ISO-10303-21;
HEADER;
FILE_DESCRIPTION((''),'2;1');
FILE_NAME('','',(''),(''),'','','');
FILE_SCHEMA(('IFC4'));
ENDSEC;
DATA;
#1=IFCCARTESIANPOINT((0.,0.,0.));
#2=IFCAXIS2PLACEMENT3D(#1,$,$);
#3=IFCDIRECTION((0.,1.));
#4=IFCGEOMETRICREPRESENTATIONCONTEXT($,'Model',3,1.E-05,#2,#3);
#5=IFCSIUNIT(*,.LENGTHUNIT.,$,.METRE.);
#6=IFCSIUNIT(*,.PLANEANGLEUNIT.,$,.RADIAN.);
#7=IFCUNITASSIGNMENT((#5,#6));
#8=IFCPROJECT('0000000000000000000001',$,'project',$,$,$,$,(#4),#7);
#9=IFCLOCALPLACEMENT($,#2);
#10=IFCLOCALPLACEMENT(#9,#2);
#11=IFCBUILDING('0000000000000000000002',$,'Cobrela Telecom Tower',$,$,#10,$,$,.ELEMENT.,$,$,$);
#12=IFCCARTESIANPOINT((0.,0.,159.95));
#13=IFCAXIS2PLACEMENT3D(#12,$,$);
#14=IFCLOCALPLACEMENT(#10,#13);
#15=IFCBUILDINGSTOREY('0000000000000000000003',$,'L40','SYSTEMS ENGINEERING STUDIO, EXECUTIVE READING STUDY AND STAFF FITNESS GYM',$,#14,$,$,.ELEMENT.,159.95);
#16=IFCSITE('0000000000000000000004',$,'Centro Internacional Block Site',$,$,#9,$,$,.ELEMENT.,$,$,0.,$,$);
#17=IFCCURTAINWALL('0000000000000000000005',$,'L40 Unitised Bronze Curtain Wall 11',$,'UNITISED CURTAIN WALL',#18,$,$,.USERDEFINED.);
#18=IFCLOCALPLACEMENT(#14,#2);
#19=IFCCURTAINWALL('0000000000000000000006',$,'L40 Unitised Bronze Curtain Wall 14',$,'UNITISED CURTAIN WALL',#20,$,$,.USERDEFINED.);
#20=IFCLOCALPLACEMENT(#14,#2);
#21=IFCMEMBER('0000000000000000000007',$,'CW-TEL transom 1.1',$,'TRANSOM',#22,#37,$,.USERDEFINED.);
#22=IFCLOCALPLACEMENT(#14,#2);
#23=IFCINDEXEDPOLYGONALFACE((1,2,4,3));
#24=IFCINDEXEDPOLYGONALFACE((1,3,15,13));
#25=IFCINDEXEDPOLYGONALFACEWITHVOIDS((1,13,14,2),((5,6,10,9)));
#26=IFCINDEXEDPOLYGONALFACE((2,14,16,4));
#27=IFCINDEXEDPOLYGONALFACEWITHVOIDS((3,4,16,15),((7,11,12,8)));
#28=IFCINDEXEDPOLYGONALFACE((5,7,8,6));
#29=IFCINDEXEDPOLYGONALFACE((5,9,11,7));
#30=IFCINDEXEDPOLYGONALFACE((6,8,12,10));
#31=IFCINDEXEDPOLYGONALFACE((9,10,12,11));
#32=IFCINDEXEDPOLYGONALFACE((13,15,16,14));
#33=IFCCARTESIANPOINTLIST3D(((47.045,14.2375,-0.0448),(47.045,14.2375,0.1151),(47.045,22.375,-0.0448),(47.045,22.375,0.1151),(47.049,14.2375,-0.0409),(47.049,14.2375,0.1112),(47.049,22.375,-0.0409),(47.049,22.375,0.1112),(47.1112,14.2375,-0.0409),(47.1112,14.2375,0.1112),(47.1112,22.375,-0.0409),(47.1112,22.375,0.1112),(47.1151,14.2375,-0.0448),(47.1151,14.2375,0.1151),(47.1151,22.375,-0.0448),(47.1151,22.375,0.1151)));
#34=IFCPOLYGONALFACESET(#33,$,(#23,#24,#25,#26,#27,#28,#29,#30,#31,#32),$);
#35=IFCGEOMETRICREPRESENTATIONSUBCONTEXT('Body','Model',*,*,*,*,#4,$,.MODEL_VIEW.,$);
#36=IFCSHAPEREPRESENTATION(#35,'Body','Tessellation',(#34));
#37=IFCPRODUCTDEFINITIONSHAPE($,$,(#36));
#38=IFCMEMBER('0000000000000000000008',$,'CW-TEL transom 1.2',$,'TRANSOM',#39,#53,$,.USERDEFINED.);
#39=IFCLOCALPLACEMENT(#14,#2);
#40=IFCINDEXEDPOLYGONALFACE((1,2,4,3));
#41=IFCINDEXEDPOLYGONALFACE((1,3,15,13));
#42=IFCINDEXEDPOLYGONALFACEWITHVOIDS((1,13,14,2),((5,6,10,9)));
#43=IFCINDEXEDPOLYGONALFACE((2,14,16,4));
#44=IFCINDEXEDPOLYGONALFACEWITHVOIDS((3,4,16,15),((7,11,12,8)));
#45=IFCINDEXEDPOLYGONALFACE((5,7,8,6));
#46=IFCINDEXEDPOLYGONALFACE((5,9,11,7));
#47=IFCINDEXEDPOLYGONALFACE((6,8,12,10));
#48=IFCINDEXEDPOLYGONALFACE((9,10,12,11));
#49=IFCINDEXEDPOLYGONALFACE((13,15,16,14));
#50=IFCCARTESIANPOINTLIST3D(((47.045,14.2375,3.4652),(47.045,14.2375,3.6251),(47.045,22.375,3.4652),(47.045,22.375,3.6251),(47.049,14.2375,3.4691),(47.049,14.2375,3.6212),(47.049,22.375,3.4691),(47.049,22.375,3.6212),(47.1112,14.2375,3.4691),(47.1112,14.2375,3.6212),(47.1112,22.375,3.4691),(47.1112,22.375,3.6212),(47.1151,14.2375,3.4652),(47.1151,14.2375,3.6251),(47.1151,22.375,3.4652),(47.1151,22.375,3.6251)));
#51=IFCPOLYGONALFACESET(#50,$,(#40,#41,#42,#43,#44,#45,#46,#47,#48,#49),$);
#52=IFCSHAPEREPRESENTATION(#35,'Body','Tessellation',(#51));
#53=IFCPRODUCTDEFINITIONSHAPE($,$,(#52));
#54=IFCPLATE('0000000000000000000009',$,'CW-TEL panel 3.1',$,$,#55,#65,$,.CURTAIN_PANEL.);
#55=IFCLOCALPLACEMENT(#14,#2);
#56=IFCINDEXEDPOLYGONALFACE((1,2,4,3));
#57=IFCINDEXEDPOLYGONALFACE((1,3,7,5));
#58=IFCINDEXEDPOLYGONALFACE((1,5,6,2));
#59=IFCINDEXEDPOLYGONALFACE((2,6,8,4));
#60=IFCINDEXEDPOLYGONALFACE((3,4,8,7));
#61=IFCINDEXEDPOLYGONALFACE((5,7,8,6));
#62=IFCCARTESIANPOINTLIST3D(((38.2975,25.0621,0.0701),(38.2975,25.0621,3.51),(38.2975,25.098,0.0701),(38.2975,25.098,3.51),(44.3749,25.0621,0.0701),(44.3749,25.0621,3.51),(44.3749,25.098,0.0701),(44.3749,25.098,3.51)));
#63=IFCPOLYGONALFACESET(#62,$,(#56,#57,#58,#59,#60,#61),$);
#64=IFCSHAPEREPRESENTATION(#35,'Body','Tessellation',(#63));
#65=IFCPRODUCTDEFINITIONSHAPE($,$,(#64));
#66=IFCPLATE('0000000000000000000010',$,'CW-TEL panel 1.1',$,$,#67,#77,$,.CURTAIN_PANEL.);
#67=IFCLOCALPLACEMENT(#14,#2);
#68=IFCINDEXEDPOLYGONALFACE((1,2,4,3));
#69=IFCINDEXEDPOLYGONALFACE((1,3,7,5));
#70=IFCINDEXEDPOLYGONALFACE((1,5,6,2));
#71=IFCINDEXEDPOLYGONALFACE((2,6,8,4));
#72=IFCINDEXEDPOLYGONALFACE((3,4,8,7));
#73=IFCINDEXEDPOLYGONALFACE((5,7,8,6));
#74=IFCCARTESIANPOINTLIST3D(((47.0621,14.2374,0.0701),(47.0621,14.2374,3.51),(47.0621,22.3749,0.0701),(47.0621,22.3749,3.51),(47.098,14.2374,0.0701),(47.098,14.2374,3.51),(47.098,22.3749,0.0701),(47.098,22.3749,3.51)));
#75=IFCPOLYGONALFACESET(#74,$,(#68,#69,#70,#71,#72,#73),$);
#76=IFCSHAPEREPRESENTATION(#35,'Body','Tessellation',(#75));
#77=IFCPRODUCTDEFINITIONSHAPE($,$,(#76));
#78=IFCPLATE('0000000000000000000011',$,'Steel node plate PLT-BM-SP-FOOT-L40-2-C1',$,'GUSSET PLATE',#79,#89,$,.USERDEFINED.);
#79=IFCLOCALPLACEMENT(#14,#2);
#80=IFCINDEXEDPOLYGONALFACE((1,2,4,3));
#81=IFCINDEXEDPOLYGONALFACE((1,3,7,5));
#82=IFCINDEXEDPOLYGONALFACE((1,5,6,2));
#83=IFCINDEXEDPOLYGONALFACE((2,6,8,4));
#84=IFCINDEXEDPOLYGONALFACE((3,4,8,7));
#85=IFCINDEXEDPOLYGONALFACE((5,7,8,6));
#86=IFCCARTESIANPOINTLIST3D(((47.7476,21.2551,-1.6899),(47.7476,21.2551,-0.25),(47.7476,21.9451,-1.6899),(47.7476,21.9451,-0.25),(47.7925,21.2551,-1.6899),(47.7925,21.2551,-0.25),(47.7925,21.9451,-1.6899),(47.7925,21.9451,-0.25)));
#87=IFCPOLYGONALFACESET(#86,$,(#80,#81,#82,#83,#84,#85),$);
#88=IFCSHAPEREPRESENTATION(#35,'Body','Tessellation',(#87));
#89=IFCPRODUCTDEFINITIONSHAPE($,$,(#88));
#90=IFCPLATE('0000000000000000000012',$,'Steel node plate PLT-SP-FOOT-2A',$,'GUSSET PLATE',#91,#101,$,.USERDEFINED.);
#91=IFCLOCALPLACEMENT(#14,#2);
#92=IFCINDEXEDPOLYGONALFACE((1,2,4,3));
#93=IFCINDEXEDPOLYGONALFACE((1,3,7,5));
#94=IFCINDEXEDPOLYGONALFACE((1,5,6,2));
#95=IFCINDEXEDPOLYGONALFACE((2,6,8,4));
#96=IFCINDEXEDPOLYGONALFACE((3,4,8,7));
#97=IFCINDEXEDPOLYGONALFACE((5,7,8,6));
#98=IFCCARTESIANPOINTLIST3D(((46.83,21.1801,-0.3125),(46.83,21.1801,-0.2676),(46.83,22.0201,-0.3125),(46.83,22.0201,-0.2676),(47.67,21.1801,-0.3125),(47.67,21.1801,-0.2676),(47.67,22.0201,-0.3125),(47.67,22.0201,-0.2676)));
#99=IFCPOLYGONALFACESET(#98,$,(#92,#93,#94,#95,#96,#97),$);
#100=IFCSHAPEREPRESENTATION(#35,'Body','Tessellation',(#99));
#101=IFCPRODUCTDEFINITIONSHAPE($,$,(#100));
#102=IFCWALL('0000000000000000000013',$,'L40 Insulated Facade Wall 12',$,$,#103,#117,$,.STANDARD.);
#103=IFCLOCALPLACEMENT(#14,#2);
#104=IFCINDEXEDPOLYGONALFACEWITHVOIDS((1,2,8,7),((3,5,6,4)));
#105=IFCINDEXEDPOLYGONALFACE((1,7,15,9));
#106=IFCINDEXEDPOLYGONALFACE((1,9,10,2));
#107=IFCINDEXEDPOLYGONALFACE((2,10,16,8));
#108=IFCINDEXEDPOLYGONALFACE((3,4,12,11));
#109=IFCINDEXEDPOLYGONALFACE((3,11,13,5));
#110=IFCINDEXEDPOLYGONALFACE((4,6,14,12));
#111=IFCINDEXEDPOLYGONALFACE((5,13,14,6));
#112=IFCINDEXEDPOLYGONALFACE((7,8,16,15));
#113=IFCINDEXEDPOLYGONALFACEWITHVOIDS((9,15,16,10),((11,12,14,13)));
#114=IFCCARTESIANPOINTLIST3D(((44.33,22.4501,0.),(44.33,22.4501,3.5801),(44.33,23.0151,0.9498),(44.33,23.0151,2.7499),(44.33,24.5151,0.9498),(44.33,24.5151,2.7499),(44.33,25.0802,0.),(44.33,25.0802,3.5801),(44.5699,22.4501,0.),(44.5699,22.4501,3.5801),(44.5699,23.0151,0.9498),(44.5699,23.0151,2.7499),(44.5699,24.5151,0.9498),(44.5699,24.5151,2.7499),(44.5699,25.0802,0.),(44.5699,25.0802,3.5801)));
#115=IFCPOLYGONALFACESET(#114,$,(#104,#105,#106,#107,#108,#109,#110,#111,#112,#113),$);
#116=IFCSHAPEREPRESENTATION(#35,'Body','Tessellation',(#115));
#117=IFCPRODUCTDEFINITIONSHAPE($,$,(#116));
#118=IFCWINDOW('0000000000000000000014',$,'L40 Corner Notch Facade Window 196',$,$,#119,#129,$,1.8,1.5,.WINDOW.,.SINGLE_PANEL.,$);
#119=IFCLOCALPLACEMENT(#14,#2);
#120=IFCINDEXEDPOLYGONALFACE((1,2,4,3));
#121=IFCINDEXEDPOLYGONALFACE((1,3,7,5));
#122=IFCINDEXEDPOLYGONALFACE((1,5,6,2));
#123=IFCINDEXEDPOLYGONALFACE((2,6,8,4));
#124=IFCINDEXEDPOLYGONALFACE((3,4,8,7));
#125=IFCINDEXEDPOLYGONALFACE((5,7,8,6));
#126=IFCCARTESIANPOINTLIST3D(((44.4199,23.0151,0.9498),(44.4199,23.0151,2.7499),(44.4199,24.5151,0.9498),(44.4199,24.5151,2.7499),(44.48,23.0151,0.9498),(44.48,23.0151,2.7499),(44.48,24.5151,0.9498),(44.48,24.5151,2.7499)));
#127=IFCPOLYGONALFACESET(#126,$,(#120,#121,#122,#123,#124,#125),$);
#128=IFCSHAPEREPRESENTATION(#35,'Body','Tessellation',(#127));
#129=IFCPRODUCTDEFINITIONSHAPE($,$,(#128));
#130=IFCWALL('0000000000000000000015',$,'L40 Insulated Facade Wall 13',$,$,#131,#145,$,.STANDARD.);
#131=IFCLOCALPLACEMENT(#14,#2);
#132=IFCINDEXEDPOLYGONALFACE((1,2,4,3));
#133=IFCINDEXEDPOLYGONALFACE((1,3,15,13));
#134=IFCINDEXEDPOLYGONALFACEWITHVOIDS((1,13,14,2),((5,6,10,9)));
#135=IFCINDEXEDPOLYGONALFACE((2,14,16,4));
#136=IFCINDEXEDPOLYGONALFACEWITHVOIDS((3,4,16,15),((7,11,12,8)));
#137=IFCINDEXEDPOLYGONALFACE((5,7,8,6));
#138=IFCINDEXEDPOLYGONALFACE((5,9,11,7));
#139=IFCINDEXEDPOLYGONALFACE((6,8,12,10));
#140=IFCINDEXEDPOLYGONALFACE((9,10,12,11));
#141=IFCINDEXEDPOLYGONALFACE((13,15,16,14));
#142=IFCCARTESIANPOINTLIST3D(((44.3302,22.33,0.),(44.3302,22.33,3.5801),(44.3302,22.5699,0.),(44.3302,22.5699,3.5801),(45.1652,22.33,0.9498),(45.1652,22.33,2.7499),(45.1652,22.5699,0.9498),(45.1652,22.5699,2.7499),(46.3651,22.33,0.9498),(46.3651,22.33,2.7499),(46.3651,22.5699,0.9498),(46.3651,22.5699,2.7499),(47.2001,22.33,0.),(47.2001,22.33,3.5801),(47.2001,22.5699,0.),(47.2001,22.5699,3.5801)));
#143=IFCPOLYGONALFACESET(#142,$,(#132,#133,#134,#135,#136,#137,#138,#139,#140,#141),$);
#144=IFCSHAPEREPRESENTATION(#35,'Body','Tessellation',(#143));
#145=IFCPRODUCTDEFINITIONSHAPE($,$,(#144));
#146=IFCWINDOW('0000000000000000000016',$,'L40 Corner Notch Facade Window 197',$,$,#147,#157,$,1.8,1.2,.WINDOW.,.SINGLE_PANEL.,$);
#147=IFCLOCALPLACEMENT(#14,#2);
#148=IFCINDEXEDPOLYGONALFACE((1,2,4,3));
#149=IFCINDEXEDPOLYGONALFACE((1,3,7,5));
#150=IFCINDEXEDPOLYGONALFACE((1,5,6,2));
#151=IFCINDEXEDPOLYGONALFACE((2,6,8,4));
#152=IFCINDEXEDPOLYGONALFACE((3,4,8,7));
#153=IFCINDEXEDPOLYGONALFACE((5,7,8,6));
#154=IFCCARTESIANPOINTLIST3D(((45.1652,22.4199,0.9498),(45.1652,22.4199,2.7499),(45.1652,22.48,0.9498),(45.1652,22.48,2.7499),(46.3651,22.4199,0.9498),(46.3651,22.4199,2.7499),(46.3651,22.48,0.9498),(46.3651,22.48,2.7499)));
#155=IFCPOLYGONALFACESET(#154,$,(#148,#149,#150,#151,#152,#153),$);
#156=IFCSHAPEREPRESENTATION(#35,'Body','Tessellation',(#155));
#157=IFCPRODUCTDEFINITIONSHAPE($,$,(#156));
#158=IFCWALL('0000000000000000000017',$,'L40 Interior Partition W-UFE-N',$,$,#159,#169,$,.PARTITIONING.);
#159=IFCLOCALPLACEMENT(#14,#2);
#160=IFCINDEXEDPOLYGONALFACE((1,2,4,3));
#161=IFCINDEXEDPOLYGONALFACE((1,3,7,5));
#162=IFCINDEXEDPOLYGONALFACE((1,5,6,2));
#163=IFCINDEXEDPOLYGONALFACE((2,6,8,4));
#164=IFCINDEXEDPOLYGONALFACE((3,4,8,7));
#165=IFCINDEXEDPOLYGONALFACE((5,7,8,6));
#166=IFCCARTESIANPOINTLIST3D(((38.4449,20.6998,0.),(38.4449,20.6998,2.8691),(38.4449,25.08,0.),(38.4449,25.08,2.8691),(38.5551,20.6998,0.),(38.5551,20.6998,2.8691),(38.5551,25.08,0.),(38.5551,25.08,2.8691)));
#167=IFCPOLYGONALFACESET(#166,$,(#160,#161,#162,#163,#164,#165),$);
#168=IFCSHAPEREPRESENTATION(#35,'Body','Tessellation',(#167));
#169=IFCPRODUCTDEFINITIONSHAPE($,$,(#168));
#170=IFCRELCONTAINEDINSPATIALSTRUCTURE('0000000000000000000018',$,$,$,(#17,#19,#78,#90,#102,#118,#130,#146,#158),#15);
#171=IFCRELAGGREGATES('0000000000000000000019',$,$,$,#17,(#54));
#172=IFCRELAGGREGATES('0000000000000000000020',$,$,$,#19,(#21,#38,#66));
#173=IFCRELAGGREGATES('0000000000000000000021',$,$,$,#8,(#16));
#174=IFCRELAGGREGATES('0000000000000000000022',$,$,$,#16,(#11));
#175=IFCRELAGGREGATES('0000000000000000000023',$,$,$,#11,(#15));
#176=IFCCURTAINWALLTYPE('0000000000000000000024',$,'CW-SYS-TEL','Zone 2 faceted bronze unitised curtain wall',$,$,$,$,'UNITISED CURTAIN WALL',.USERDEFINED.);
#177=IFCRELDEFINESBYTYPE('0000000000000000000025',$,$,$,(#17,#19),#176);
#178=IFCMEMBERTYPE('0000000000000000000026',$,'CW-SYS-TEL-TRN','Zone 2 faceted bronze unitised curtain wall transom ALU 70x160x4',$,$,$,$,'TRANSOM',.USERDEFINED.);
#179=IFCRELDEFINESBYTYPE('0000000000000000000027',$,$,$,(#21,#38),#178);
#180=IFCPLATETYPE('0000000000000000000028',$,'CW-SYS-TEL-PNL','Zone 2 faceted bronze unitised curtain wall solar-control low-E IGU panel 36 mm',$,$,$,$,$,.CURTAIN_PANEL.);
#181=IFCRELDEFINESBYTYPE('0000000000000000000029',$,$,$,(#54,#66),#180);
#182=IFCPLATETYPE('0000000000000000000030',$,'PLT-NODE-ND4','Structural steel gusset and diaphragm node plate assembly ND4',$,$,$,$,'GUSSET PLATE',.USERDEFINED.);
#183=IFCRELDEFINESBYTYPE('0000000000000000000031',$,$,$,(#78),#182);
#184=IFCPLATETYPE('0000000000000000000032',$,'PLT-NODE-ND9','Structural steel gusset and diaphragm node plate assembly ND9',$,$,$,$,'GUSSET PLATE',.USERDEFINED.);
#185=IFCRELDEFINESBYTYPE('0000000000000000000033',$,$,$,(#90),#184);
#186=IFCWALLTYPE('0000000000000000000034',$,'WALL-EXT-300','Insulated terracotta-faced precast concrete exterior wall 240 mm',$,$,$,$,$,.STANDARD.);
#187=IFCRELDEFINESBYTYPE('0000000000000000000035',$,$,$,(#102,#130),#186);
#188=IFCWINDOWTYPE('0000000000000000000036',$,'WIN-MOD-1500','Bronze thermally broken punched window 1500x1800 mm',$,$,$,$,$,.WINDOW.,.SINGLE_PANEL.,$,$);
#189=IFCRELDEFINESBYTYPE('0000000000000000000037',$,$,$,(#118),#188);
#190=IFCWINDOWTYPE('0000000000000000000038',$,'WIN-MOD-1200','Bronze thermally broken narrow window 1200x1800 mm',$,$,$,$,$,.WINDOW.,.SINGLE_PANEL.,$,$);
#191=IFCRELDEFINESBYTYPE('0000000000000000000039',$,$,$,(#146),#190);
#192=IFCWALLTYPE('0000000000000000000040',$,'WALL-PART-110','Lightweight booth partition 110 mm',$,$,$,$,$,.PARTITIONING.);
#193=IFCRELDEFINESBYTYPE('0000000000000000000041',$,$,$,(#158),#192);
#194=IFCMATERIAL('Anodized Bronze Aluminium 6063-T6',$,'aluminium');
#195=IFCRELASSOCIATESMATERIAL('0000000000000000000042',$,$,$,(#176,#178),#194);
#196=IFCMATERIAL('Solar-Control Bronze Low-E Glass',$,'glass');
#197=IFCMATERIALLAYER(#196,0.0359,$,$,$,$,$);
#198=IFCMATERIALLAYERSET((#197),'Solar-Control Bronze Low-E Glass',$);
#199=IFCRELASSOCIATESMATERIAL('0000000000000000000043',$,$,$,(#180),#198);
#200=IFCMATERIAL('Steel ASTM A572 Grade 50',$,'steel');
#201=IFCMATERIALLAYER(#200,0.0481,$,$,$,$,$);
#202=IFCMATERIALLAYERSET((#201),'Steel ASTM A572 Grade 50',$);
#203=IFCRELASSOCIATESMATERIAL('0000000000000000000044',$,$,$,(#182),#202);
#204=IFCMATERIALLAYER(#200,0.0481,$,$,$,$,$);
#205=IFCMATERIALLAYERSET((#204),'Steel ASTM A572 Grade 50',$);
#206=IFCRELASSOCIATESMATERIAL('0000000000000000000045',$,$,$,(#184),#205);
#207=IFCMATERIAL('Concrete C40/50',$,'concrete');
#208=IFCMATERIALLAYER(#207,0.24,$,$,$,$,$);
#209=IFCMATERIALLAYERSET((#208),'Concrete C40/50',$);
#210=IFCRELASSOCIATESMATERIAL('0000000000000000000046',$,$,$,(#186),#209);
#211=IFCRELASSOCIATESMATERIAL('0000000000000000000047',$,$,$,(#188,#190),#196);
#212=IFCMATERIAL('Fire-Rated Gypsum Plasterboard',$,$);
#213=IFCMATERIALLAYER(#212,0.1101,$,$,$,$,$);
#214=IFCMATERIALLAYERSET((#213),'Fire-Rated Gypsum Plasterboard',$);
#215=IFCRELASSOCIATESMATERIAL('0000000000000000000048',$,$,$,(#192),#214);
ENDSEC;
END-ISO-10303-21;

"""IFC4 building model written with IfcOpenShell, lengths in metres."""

from ifc_helpers import new_model, si_unit, direction, frame, frame_2d, origin, origin_2d, place, context, subcontext, project, spatial, rectangle, hollow_rectangle, extrude, material, layer, layer_set, material_profile, profile_set, type_object, element, fill, aggregate, save


model = new_model("IFC4")

# Units and contexts
model_context = context("Model", 3, precision=1e-05, world=origin(), true_north=direction((0.0, 1.0)))
body_context = subcontext(model_context, "Body", "Model", "MODEL_VIEW")
ifc_project = project(units=[si_unit("LENGTHUNIT", "METRE"), si_unit("PLANEANGLEUNIT", "RADIAN")], contexts=[model_context])

# Site, building, storey
site_placement = place(None, origin())
site = spatial("IfcSite", under=ifc_project, at=site_placement, Name="Centro Internacional Block Site", CompositionType="ELEMENT", RefElevation=0.0)
building_placement = place(site_placement, origin())
building = spatial("IfcBuilding", under=site, at=building_placement, Name="Cobrela Telecom Tower", CompositionType="ELEMENT")
storey_placement = place(building_placement, frame((0.0, 0.0, 159.95)))
storey = spatial("IfcBuildingStorey", under=building, at=storey_placement, Name="L40", Description="SYSTEMS ENGINEERING STUDIO, EXECUTIVE READING STUDY AND STAFF FITNESS GYM", CompositionType="ELEMENT", Elevation=159.95)

# Shared definitions
ifc_material_1 = material(Name="Steel ASTM A572 Grade 50", Category="steel")

# Curtain wall
ifc_material_2 = material(Name="Anodized Bronze Aluminium 6063-T6", Category="aluminium")
curtain_wall_type = type_object("IfcCurtainWallType", Name="CW-SYS-TEL", Description="Zone 2 faceted bronze unitised curtain wall", ElementType="UNITISED CURTAIN WALL", PredefinedType="USERDEFINED", material=ifc_material_2)
curtain_wall_1_placement = place(storey_placement, origin())
curtain_wall_1 = element("IfcCurtainWall", 1, at=curtain_wall_1_placement, inside=storey, type_object=curtain_wall_type, Name="L40 Unitised Bronze Curtain Wall 11", ObjectType="UNITISED CURTAIN WALL", PredefinedType="USERDEFINED")

# Curtain wall, members
curtain_wall_2_placement = place(storey_placement, origin())
curtain_wall_2 = element("IfcCurtainWall", 2, at=curtain_wall_2_placement, inside=storey, type_object=curtain_wall_type, Name="L40 Unitised Bronze Curtain Wall 14", ObjectType="UNITISED CURTAIN WALL", PredefinedType="USERDEFINED")
ifc_material_profile_1 = material_profile(ifc_material_2, hollow_rectangle(XDim=0.0701, YDim=0.1599, WallThickness=0.0039, at=origin_2d()), Name="ALU 70x160x4")
ifc_profile_set_1 = profile_set([ifc_material_profile_1], Name="Anodized Bronze Aluminium 6063-T6")
member_type_1 = type_object("IfcMemberType", Name="CW-SYS-TEL-TRN", Description="Zone 2 faceted bronze unitised curtain wall transom ALU 70x160x4", ElementType="TRANSOM", PredefinedType="USERDEFINED", material=ifc_profile_set_1)
member_1_placement = place(storey_placement, frame((47.0801, 22.375, 0.0352), z_axis=(0.0, -1.0, 0.0), x_axis=(1.0, 0.0, 0.0)))
member_1 = element("IfcMember", 3, at=member_1_placement, type_object=member_type_1, Name="CW-TEL transom 1.1", ObjectType="TRANSOM", PredefinedType="USERDEFINED", context=body_context, shape_type="SweptSolid", body=[
    extrude(hollow_rectangle(XDim=0.0701, YDim=0.1599, WallThickness=0.0039, at=origin_2d()), origin(), (0.0, 0.0, 1.0), 8.1375),
])
member_2_placement = place(storey_placement, frame((47.0801, 22.375, 3.5452), z_axis=(0.0, -1.0, 0.0), x_axis=(1.0, 0.0, 0.0)))
member_2 = element("IfcMember", 4, at=member_2_placement, type_object=member_type_1, Name="CW-TEL transom 1.2", ObjectType="TRANSOM", PredefinedType="USERDEFINED", context=body_context, shape_type="SweptSolid", body=[
    extrude(hollow_rectangle(XDim=0.0701, YDim=0.1599, WallThickness=0.0039, at=origin_2d()), origin(), (0.0, 0.0, 1.0), 8.1375),
])

# Plates
ifc_material_3 = material(Name="Solar-Control Bronze Low-E Glass", Category="glass")
ifc_layer_1 = layer(ifc_material_3, 0.0359)
ifc_layer_set_1 = layer_set([ifc_layer_1], Name="Solar-Control Bronze Low-E Glass")
plate_type_1 = type_object("IfcPlateType", Name="CW-SYS-TEL-PNL", Description="Zone 2 faceted bronze unitised curtain wall solar-control low-E IGU panel 36 mm", PredefinedType="CURTAIN_PANEL", material=ifc_layer_set_1)
plate_1_placement = place(storey_placement, frame((41.3362, 25.0801, 0.0701), z_axis=(0.0, 0.0, 1.0), x_axis=(1.0, 0.0, 0.0)))
plate_1 = element("IfcPlate", 5, at=plate_1_placement, type_object=plate_type_1, Name="CW-TEL panel 3.1", PredefinedType="CURTAIN_PANEL", context=body_context, shape_type="SweptSolid", body=[
    extrude(rectangle(XDim=6.0774, YDim=0.0359, at=origin_2d()), origin(), (0.0, 0.0, 1.0), 3.4399),
])
aggregate(curtain_wall_1, [plate_1])
plate_2_placement = place(storey_placement, frame((47.0801, 18.3062, 0.0701), z_axis=(0.0, 0.0, 1.0), x_axis=(0.0, -1.0, 0.0)))
plate_2 = element("IfcPlate", 6, at=plate_2_placement, type_object=plate_type_1, Name="CW-TEL panel 1.1", PredefinedType="CURTAIN_PANEL", context=body_context, shape_type="SweptSolid", body=[
    extrude(rectangle(XDim=8.1375, YDim=0.0359, at=origin_2d()), origin(), (0.0, 0.0, 1.0), 3.4399),
])
aggregate(curtain_wall_2, [member_1, member_2, plate_2])

# Plates
ifc_layer_2 = layer(ifc_material_1, 0.0481)
ifc_layer_set_2 = layer_set([ifc_layer_2], Name="Steel ASTM A572 Grade 50")
plate_type_2 = type_object("IfcPlateType", Name="PLT-NODE-ND4", Description="Structural steel gusset and diaphragm node plate assembly ND4", ElementType="GUSSET PLATE", PredefinedType="USERDEFINED", material=ifc_layer_set_2)
plate_3_placement = place(storey_placement, frame((47.77, 21.6001, -1.6899), z_axis=(0.0, 0.0, 1.0), x_axis=(1.0, 0.0, 0.0)))
element("IfcPlate", 7, at=plate_3_placement, inside=storey, type_object=plate_type_2, Name="Steel node plate PLT-BM-SP-FOOT-L40-2-C1", ObjectType="GUSSET PLATE", PredefinedType="USERDEFINED", context=body_context, shape_type="SweptSolid", body=[
    extrude(rectangle(XDim=0.0449, YDim=0.6899, at=origin_2d()), origin(), (0.0, 0.0, 1.0), 1.4399),
])
ifc_layer_3 = layer(ifc_material_1, 0.0481)
ifc_layer_set_3 = layer_set([ifc_layer_3], Name="Steel ASTM A572 Grade 50")
plate_type_3 = type_object("IfcPlateType", Name="PLT-NODE-ND9", Description="Structural steel gusset and diaphragm node plate assembly ND9", ElementType="GUSSET PLATE", PredefinedType="USERDEFINED", material=ifc_layer_set_3)
plate_4_placement = place(storey_placement, frame((47.25, 21.6001, -0.3125), z_axis=(0.0, 0.0, 1.0), x_axis=(1.0, 0.0, 0.0)))
element("IfcPlate", 8, at=plate_4_placement, inside=storey, type_object=plate_type_3, Name="Steel node plate PLT-SP-FOOT-2A", ObjectType="GUSSET PLATE", PredefinedType="USERDEFINED", context=body_context, shape_type="SweptSolid", body=[
    extrude(rectangle(XDim=0.8401, YDim=0.8401, at=origin_2d()), origin(), (0.0, 0.0, 1.0), 0.0449),
])

# Walls, openings, windows
ifc_material_4 = material(Name="Concrete C40/50", Category="concrete")
ifc_layer_4 = layer(ifc_material_4, 0.24)
ifc_layer_set_4 = layer_set([ifc_layer_4], Name="Concrete C40/50")
wall_type_1 = type_object("IfcWallType", Name="WALL-EXT-300", Description="Insulated terracotta-faced precast concrete exterior wall 240 mm", PredefinedType="STANDARD", material=ifc_layer_set_4)
wall_1_placement = place(storey_placement, frame((44.45, 25.0801, 0.0), z_axis=(0.0, 0.0, 1.0), x_axis=(0.0, -1.0, 0.0)))
wall_1 = element("IfcWall", 9, at=wall_1_placement, inside=storey, type_object=wall_type_1, Name="L40 Insulated Facade Wall 12", PredefinedType="STANDARD", context=body_context, shape_type="SweptSolid", body=[
    extrude(rectangle(XDim=2.6301, YDim=0.24, at=frame_2d((1.3149, 0.0))), origin(), (0.0, 0.0, 1.0), 3.5801),
])
opening_1_placement = place(wall_1_placement, frame((0.5649, 0.0, 0.95)))
opening_1 = element("IfcOpeningElement", 10, at=opening_1_placement, cuts=wall_1, PredefinedType="OPENING", context=body_context, shape_type="SweptSolid", body=[
    extrude(rectangle(XDim=1.5, YDim=1.8, at=frame_2d((0.75, 0.8999))), frame((0.0, 0.1318, 0.0), z_axis=(0.0, -1.0, 0.0), x_axis=(1.0, 0.0, 0.0)), (0.0, 0.0, 1.0), 0.2639),
])
window_type_1 = type_object("IfcWindowType", Name="WIN-MOD-1500", Description="Bronze thermally broken punched window 1500x1800 mm", PartitioningType="SINGLE_PANEL", PredefinedType="WINDOW", material=ifc_material_3)
window_1_placement = place(opening_1_placement, origin())
window_1 = element("IfcWindow", 11, at=window_1_placement, inside=storey, type_object=window_type_1, Name="L40 Corner Notch Facade Window 196", OverallHeight=1.8, OverallWidth=1.5, PartitioningType="SINGLE_PANEL", PredefinedType="WINDOW", context=body_context, shape_type="SweptSolid", body=[
    extrude(rectangle(XDim=1.5, YDim=1.8, at=frame_2d((0.75, 0.8999))), frame((0.0, 0.03, 0.0), z_axis=(0.0, -1.0, 0.0), x_axis=(1.0, 0.0, 0.0)), (0.0, 0.0, 1.0), 0.0601),
])
fill(opening_1, window_1)
wall_2_placement = place(storey_placement, frame((44.3301, 22.45, 0.0), z_axis=(0.0, 0.0, 1.0), x_axis=(1.0, 0.0, 0.0)))
wall_2 = element("IfcWall", 12, at=wall_2_placement, inside=storey, type_object=wall_type_1, Name="L40 Insulated Facade Wall 13", PredefinedType="STANDARD", context=body_context, shape_type="SweptSolid", body=[
    extrude(rectangle(XDim=2.8699, YDim=0.24, at=frame_2d((1.4351, 0.0))), origin(), (0.0, 0.0, 1.0), 3.5801),
])
opening_2_placement = place(wall_2_placement, frame((0.835, 0.0, 0.95)))
opening_2 = element("IfcOpeningElement", 13, at=opening_2_placement, cuts=wall_2, PredefinedType="OPENING", context=body_context, shape_type="SweptSolid", body=[
    extrude(rectangle(XDim=1.2, YDim=1.8, at=frame_2d((0.6001, 0.8999))), frame((0.0, 0.1318, 0.0), z_axis=(0.0, -1.0, 0.0), x_axis=(1.0, 0.0, 0.0)), (0.0, 0.0, 1.0), 0.2639),
])
window_type_2 = type_object("IfcWindowType", Name="WIN-MOD-1200", Description="Bronze thermally broken narrow window 1200x1800 mm", PartitioningType="SINGLE_PANEL", PredefinedType="WINDOW", material=ifc_material_3)
window_2_placement = place(opening_2_placement, origin())
window_2 = element("IfcWindow", 14, at=window_2_placement, inside=storey, type_object=window_type_2, Name="L40 Corner Notch Facade Window 197", OverallHeight=1.8, OverallWidth=1.2, PartitioningType="SINGLE_PANEL", PredefinedType="WINDOW", context=body_context, shape_type="SweptSolid", body=[
    extrude(rectangle(XDim=1.2, YDim=1.8, at=frame_2d((0.6001, 0.8999))), frame((0.0, 0.03, 0.0), z_axis=(0.0, -1.0, 0.0), x_axis=(1.0, 0.0, 0.0)), (0.0, 0.0, 1.0), 0.0601),
])
fill(opening_2, window_2)

# Wall
ifc_material_5 = material(Name="Fire-Rated Gypsum Plasterboard")
ifc_layer_5 = layer(ifc_material_5, 0.1101)
ifc_layer_set_5 = layer_set([ifc_layer_5], Name="Fire-Rated Gypsum Plasterboard")
wall_type_2 = type_object("IfcWallType", Name="WALL-PART-110", Description="Lightweight booth partition 110 mm", PredefinedType="PARTITIONING", material=ifc_layer_set_5)
wall_3_placement = place(storey_placement, frame((38.5, 20.7, 0.0), z_axis=(0.0, 0.0, 1.0), x_axis=(0.0, 1.0, 0.0)))
element("IfcWall", 15, at=wall_3_placement, inside=storey, type_object=wall_type_2, Name="L40 Interior Partition W-UFE-N", PredefinedType="PARTITIONING", context=body_context, shape_type="SweptSolid", body=[
    extrude(rectangle(XDim=4.3801, YDim=0.1101, at=frame_2d((2.1899, 0.0))), origin(), (0.0, 0.0, 1.0), 2.8691),
])

save(model, "model.ifc")
